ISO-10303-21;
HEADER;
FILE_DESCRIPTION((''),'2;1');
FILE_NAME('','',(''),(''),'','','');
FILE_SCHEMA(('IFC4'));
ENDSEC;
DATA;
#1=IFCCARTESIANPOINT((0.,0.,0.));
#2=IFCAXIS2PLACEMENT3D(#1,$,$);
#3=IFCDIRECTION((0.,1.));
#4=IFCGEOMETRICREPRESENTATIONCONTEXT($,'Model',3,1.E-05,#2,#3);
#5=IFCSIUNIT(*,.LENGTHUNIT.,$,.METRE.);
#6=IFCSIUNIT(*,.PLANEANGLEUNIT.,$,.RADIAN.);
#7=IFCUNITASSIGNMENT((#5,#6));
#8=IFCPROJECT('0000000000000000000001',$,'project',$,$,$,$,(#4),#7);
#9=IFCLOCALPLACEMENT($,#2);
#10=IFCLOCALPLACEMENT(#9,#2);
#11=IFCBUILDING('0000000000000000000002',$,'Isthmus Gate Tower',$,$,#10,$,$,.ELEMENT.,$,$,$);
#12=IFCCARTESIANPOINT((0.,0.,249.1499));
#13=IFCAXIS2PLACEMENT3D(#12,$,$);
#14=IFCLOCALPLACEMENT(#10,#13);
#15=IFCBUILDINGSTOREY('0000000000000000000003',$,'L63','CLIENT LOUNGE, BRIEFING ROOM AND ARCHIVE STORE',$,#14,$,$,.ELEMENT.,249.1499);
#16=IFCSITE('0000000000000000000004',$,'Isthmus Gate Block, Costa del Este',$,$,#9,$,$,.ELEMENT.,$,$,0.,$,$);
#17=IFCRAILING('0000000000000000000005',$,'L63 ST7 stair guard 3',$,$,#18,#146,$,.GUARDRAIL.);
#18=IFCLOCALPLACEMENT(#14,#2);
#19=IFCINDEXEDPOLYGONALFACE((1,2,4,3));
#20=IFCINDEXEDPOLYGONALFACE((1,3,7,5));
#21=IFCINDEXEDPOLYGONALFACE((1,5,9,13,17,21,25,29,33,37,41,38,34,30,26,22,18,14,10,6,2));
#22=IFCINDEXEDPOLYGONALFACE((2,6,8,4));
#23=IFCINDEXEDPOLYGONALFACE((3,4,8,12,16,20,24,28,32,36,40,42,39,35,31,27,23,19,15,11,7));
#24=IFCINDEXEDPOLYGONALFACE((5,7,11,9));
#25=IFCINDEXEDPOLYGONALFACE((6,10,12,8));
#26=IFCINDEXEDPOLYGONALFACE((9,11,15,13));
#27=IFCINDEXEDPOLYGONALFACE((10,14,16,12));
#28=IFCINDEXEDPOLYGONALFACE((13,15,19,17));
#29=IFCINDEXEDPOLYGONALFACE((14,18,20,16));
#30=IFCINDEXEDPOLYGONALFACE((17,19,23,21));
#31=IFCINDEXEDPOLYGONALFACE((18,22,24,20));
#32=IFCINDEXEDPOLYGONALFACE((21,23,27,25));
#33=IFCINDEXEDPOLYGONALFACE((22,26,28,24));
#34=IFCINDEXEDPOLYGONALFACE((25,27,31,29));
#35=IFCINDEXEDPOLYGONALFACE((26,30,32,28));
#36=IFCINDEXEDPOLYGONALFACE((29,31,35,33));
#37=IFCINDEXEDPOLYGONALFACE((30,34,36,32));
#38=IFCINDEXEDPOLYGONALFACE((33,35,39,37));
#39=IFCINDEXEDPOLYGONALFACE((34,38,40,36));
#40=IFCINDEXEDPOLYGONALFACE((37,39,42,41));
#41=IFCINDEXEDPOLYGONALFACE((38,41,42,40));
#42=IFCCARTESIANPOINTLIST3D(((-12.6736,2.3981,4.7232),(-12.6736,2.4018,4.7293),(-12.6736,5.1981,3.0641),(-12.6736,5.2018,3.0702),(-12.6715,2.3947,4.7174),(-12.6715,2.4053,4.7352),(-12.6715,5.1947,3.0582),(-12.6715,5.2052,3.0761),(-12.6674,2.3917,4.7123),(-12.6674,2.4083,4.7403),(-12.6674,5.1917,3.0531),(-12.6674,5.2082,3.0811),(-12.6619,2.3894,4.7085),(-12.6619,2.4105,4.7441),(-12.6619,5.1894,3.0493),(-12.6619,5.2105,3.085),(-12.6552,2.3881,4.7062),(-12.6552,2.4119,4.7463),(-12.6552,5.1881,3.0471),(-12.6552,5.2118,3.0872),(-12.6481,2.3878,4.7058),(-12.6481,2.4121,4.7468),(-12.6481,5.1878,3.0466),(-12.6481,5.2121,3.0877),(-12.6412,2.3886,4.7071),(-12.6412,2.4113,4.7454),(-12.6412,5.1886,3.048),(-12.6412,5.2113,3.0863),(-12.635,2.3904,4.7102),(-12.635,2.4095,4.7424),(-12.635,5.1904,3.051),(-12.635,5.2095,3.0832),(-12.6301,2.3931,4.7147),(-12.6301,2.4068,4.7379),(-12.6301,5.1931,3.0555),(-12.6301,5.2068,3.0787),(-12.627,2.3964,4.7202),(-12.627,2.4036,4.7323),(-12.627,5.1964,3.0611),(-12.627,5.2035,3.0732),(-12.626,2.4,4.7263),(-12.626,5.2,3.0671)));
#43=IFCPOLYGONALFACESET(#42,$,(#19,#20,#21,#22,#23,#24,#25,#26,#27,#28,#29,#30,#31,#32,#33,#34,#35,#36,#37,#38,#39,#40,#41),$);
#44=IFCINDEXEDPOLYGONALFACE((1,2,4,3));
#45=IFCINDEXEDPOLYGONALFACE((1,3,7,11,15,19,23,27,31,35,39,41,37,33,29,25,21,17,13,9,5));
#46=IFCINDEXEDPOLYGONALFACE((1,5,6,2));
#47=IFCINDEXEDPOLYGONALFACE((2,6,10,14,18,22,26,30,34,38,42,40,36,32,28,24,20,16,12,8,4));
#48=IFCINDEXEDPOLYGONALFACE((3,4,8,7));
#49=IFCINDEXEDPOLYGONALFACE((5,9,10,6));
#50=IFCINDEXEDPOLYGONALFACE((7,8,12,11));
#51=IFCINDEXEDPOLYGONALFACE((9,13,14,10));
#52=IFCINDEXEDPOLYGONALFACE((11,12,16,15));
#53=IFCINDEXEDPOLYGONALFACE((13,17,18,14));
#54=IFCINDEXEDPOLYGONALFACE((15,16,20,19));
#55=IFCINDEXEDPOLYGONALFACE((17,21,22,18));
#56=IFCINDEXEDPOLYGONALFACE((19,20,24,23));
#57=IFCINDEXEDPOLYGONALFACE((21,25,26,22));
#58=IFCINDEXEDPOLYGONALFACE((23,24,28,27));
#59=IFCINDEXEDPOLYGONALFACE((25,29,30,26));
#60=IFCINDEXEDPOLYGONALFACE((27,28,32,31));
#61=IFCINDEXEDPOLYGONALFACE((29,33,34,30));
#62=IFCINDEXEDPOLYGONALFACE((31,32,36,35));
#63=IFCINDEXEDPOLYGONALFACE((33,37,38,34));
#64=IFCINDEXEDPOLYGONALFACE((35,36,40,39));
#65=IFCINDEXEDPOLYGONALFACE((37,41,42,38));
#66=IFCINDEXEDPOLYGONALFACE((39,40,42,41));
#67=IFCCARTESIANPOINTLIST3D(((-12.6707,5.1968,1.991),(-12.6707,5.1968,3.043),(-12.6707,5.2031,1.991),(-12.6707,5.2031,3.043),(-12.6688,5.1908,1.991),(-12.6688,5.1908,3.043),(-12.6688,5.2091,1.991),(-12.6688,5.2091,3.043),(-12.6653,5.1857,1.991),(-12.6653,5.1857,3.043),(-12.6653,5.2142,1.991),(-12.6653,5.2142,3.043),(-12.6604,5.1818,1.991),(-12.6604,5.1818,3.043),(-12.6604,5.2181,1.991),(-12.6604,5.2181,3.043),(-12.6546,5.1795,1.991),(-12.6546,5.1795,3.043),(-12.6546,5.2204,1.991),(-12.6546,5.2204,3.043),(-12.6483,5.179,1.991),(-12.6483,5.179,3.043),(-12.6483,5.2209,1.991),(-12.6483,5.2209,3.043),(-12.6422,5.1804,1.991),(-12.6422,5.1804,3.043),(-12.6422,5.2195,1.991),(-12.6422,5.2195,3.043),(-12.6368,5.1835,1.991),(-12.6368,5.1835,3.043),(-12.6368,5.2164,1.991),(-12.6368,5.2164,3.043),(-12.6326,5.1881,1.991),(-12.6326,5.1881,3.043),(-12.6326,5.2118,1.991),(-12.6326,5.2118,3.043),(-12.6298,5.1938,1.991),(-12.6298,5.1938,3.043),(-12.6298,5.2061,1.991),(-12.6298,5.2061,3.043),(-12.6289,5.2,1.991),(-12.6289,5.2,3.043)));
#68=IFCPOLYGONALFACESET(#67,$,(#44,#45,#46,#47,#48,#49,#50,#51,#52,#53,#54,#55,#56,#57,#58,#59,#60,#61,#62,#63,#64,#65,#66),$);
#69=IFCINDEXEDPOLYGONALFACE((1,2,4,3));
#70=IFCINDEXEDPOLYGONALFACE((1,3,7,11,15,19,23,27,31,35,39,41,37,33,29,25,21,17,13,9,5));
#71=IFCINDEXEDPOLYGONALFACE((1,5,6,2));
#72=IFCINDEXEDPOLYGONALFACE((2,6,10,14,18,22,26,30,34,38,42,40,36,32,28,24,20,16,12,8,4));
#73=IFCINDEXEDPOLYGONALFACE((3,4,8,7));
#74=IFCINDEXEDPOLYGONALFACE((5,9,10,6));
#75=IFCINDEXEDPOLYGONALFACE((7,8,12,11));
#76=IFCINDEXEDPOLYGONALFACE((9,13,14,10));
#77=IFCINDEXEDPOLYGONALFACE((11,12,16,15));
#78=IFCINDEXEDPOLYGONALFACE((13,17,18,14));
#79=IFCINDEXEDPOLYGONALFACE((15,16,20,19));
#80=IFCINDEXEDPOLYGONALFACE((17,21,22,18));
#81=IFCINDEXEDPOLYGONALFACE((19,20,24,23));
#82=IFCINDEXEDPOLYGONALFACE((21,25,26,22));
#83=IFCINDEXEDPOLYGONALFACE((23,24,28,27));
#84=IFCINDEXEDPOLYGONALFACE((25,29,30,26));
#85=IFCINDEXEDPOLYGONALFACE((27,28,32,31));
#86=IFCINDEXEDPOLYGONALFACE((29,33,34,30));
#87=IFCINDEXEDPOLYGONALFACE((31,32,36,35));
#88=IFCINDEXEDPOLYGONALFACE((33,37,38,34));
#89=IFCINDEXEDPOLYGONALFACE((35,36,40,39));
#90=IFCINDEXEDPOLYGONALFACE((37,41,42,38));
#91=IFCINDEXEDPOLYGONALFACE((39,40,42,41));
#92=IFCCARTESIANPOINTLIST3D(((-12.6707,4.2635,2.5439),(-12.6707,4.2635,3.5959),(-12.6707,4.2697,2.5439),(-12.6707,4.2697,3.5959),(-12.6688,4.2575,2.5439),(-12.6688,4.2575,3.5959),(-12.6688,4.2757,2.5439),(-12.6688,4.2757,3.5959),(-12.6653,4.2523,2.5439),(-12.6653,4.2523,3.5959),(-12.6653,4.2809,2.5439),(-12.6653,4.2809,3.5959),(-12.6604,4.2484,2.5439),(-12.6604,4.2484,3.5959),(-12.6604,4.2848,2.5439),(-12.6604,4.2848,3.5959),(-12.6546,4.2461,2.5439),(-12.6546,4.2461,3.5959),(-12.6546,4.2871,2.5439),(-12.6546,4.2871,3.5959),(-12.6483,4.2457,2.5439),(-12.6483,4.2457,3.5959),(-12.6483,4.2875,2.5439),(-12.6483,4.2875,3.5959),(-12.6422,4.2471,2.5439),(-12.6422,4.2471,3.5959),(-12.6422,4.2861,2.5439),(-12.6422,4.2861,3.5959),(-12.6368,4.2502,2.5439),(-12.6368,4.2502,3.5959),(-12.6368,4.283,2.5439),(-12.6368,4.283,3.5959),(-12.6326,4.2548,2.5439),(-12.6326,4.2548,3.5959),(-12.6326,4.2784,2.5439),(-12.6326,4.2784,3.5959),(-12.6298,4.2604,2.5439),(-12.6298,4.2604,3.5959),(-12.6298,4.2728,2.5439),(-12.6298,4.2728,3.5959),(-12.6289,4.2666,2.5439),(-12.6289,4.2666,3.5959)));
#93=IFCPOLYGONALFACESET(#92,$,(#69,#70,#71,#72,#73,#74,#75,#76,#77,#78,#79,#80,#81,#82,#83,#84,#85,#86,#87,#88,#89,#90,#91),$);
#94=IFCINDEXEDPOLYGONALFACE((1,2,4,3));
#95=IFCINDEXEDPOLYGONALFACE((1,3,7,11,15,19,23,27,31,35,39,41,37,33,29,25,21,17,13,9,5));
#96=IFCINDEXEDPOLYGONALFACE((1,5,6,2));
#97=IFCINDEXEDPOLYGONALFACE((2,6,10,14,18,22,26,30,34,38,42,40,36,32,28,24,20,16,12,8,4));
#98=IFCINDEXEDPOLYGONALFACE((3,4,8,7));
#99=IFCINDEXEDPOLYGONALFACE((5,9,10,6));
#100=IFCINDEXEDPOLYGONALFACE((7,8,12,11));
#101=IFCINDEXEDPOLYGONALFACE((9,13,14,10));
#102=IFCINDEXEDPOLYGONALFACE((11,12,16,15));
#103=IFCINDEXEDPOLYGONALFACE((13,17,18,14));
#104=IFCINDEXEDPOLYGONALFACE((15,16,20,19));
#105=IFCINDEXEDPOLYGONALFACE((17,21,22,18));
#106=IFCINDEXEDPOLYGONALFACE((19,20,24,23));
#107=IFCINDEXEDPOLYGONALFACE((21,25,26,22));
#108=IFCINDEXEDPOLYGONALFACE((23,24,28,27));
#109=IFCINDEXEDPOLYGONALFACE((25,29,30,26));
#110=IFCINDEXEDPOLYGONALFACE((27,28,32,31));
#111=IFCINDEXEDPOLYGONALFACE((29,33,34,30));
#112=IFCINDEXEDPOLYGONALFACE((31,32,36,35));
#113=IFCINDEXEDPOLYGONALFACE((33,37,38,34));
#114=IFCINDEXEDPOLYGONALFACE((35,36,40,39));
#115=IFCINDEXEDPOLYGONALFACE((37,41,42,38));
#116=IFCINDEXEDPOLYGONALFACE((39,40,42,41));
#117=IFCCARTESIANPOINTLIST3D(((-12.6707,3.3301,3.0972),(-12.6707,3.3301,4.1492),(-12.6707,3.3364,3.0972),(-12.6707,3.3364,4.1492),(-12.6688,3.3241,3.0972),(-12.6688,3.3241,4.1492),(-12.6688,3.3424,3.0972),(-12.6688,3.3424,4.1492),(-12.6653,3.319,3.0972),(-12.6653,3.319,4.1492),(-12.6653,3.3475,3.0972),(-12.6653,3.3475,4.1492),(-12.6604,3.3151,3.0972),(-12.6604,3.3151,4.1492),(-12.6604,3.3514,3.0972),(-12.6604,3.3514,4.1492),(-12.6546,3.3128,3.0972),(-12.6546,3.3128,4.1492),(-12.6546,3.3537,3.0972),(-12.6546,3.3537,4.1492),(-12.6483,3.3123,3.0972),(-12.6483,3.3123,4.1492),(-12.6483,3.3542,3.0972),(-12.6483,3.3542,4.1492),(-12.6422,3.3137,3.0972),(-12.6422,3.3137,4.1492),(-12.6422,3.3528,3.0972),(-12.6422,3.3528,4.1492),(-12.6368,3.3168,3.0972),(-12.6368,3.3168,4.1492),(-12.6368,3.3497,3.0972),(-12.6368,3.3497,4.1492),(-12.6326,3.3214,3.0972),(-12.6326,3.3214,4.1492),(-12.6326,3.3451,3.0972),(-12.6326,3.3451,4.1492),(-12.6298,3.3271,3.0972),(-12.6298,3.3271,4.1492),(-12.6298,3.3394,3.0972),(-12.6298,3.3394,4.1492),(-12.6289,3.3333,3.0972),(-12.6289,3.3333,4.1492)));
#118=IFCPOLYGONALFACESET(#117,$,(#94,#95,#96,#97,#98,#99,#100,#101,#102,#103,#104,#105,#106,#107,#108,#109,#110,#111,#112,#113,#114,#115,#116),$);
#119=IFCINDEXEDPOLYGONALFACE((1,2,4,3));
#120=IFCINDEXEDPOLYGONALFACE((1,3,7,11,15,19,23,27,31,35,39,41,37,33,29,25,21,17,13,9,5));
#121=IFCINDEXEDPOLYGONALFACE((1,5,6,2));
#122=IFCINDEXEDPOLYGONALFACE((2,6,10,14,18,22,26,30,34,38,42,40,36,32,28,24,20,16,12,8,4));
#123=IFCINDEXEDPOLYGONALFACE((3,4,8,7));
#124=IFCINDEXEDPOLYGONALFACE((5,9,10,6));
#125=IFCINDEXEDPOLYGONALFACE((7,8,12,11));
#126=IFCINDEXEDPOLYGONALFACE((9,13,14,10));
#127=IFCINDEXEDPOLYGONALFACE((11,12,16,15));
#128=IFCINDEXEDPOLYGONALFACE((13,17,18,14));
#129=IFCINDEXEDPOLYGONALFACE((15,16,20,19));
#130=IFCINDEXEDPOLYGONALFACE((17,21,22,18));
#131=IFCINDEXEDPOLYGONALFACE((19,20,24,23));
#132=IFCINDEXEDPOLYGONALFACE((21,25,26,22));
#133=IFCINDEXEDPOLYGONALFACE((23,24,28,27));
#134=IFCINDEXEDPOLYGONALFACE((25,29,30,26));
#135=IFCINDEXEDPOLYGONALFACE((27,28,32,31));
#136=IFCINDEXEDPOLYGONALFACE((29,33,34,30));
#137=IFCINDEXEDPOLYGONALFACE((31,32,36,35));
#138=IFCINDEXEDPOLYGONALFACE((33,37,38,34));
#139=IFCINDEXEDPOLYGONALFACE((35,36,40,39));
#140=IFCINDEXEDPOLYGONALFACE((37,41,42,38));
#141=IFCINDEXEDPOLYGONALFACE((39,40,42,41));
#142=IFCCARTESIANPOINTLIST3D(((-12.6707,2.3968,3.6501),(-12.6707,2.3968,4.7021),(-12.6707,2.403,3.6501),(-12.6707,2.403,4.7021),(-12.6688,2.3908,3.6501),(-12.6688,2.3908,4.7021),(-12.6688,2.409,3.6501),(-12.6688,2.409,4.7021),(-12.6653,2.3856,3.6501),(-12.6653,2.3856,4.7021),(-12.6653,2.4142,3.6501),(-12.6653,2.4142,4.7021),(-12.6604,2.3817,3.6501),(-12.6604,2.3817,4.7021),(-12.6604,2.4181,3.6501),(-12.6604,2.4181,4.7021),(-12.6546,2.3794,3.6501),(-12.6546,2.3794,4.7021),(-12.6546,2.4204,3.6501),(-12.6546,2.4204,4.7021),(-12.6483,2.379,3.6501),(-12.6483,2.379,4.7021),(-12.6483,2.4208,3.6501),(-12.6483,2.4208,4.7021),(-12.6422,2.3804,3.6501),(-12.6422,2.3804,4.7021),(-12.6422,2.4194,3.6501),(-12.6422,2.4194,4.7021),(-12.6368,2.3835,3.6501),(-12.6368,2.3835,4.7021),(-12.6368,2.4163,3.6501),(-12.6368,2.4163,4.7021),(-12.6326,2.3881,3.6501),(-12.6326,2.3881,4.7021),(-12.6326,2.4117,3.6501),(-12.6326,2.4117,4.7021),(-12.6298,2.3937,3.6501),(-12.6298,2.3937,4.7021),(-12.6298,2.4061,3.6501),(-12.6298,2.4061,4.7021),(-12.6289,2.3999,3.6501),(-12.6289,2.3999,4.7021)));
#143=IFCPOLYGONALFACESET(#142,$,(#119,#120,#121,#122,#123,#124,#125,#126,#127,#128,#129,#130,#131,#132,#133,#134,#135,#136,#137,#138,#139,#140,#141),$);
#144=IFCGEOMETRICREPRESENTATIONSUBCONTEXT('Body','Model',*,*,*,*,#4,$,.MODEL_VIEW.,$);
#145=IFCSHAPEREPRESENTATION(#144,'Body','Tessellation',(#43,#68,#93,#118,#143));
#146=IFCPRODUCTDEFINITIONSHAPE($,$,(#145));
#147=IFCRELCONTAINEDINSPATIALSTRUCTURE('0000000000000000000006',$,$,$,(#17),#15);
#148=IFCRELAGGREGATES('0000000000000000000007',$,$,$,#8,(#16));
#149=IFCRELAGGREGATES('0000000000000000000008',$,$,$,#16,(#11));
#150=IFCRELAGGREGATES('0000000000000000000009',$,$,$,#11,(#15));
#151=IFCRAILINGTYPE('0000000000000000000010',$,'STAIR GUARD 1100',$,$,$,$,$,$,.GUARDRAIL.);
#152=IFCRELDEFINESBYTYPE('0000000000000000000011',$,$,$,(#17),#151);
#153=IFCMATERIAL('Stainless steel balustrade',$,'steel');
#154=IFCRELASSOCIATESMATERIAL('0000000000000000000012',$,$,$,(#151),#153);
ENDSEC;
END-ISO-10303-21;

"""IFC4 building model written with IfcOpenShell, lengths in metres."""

from ifc_helpers import new_model, si_unit, direction, frame, origin, origin_2d, place, context, subcontext, project, spatial, circle, extrude, material, type_object, element, save


model = new_model("IFC4")

# Units and contexts
model_context = context("Model", 3, precision=1e-05, world=origin(), true_north=direction((0.0, 1.0)))
body_context = subcontext(model_context, "Body", "Model", "MODEL_VIEW")
ifc_project = project(units=[si_unit("LENGTHUNIT", "METRE"), si_unit("PLANEANGLEUNIT", "RADIAN")], contexts=[model_context])

# Site, building, storey
site_placement = place(None, origin())
site = spatial("IfcSite", under=ifc_project, at=site_placement, Name="Isthmus Gate Block, Costa del Este", CompositionType="ELEMENT", RefElevation=0.0)
building_placement = place(site_placement, origin())
building = spatial("IfcBuilding", under=site, at=building_placement, Name="Isthmus Gate Tower", CompositionType="ELEMENT")
storey_placement = place(building_placement, frame((0.0, 0.0, 249.1499)))
storey = spatial("IfcBuildingStorey", under=building, at=storey_placement, Name="L63", Description="CLIENT LOUNGE, BRIEFING ROOM AND ARCHIVE STORE", CompositionType="ELEMENT", Elevation=249.1499)

# Railing
ifc_material_1 = material(Name="Stainless steel balustrade", Category="steel")
railing_type_1 = type_object("IfcRailingType", Name="STAIR GUARD 1100", PredefinedType="GUARDRAIL", material=ifc_material_1)
railing_1_placement = place(storey_placement, frame((-12.6499, 5.2, 1.991)))
element("IfcRailing", 1, at=railing_1_placement, inside=storey, type_object=railing_type_1, Name="L63 ST7 stair guard 3", PredefinedType="GUARDRAIL", context=body_context, shape_type="SweptSolid", body=[
    extrude(circle(Radius=0.0239, at=origin_2d()), frame((0.0, 0.0, 1.0762), z_axis=(0.0, -0.860306, 0.509778), x_axis=(1.0, 0.0, 0.0)), (0.0, 0.0, 1.0), 3.2546),
    extrude(circle(Radius=0.021, at=origin_2d()), origin(), (0.0, 0.0, 1.0), 1.052),
    extrude(circle(Radius=0.021, at=origin_2d()), frame((0.0, -0.9333, 0.553)), (0.0, 0.0, 1.0), 1.052),
    extrude(circle(Radius=0.021, at=origin_2d()), frame((0.0, -1.8667, 1.1062)), (0.0, 0.0, 1.0), 1.052),
    extrude(circle(Radius=0.021, at=origin_2d()), frame((0.0, -2.8, 1.6592)), (0.0, 0.0, 1.0), 1.052),
])

save(model, "model.ifc")
